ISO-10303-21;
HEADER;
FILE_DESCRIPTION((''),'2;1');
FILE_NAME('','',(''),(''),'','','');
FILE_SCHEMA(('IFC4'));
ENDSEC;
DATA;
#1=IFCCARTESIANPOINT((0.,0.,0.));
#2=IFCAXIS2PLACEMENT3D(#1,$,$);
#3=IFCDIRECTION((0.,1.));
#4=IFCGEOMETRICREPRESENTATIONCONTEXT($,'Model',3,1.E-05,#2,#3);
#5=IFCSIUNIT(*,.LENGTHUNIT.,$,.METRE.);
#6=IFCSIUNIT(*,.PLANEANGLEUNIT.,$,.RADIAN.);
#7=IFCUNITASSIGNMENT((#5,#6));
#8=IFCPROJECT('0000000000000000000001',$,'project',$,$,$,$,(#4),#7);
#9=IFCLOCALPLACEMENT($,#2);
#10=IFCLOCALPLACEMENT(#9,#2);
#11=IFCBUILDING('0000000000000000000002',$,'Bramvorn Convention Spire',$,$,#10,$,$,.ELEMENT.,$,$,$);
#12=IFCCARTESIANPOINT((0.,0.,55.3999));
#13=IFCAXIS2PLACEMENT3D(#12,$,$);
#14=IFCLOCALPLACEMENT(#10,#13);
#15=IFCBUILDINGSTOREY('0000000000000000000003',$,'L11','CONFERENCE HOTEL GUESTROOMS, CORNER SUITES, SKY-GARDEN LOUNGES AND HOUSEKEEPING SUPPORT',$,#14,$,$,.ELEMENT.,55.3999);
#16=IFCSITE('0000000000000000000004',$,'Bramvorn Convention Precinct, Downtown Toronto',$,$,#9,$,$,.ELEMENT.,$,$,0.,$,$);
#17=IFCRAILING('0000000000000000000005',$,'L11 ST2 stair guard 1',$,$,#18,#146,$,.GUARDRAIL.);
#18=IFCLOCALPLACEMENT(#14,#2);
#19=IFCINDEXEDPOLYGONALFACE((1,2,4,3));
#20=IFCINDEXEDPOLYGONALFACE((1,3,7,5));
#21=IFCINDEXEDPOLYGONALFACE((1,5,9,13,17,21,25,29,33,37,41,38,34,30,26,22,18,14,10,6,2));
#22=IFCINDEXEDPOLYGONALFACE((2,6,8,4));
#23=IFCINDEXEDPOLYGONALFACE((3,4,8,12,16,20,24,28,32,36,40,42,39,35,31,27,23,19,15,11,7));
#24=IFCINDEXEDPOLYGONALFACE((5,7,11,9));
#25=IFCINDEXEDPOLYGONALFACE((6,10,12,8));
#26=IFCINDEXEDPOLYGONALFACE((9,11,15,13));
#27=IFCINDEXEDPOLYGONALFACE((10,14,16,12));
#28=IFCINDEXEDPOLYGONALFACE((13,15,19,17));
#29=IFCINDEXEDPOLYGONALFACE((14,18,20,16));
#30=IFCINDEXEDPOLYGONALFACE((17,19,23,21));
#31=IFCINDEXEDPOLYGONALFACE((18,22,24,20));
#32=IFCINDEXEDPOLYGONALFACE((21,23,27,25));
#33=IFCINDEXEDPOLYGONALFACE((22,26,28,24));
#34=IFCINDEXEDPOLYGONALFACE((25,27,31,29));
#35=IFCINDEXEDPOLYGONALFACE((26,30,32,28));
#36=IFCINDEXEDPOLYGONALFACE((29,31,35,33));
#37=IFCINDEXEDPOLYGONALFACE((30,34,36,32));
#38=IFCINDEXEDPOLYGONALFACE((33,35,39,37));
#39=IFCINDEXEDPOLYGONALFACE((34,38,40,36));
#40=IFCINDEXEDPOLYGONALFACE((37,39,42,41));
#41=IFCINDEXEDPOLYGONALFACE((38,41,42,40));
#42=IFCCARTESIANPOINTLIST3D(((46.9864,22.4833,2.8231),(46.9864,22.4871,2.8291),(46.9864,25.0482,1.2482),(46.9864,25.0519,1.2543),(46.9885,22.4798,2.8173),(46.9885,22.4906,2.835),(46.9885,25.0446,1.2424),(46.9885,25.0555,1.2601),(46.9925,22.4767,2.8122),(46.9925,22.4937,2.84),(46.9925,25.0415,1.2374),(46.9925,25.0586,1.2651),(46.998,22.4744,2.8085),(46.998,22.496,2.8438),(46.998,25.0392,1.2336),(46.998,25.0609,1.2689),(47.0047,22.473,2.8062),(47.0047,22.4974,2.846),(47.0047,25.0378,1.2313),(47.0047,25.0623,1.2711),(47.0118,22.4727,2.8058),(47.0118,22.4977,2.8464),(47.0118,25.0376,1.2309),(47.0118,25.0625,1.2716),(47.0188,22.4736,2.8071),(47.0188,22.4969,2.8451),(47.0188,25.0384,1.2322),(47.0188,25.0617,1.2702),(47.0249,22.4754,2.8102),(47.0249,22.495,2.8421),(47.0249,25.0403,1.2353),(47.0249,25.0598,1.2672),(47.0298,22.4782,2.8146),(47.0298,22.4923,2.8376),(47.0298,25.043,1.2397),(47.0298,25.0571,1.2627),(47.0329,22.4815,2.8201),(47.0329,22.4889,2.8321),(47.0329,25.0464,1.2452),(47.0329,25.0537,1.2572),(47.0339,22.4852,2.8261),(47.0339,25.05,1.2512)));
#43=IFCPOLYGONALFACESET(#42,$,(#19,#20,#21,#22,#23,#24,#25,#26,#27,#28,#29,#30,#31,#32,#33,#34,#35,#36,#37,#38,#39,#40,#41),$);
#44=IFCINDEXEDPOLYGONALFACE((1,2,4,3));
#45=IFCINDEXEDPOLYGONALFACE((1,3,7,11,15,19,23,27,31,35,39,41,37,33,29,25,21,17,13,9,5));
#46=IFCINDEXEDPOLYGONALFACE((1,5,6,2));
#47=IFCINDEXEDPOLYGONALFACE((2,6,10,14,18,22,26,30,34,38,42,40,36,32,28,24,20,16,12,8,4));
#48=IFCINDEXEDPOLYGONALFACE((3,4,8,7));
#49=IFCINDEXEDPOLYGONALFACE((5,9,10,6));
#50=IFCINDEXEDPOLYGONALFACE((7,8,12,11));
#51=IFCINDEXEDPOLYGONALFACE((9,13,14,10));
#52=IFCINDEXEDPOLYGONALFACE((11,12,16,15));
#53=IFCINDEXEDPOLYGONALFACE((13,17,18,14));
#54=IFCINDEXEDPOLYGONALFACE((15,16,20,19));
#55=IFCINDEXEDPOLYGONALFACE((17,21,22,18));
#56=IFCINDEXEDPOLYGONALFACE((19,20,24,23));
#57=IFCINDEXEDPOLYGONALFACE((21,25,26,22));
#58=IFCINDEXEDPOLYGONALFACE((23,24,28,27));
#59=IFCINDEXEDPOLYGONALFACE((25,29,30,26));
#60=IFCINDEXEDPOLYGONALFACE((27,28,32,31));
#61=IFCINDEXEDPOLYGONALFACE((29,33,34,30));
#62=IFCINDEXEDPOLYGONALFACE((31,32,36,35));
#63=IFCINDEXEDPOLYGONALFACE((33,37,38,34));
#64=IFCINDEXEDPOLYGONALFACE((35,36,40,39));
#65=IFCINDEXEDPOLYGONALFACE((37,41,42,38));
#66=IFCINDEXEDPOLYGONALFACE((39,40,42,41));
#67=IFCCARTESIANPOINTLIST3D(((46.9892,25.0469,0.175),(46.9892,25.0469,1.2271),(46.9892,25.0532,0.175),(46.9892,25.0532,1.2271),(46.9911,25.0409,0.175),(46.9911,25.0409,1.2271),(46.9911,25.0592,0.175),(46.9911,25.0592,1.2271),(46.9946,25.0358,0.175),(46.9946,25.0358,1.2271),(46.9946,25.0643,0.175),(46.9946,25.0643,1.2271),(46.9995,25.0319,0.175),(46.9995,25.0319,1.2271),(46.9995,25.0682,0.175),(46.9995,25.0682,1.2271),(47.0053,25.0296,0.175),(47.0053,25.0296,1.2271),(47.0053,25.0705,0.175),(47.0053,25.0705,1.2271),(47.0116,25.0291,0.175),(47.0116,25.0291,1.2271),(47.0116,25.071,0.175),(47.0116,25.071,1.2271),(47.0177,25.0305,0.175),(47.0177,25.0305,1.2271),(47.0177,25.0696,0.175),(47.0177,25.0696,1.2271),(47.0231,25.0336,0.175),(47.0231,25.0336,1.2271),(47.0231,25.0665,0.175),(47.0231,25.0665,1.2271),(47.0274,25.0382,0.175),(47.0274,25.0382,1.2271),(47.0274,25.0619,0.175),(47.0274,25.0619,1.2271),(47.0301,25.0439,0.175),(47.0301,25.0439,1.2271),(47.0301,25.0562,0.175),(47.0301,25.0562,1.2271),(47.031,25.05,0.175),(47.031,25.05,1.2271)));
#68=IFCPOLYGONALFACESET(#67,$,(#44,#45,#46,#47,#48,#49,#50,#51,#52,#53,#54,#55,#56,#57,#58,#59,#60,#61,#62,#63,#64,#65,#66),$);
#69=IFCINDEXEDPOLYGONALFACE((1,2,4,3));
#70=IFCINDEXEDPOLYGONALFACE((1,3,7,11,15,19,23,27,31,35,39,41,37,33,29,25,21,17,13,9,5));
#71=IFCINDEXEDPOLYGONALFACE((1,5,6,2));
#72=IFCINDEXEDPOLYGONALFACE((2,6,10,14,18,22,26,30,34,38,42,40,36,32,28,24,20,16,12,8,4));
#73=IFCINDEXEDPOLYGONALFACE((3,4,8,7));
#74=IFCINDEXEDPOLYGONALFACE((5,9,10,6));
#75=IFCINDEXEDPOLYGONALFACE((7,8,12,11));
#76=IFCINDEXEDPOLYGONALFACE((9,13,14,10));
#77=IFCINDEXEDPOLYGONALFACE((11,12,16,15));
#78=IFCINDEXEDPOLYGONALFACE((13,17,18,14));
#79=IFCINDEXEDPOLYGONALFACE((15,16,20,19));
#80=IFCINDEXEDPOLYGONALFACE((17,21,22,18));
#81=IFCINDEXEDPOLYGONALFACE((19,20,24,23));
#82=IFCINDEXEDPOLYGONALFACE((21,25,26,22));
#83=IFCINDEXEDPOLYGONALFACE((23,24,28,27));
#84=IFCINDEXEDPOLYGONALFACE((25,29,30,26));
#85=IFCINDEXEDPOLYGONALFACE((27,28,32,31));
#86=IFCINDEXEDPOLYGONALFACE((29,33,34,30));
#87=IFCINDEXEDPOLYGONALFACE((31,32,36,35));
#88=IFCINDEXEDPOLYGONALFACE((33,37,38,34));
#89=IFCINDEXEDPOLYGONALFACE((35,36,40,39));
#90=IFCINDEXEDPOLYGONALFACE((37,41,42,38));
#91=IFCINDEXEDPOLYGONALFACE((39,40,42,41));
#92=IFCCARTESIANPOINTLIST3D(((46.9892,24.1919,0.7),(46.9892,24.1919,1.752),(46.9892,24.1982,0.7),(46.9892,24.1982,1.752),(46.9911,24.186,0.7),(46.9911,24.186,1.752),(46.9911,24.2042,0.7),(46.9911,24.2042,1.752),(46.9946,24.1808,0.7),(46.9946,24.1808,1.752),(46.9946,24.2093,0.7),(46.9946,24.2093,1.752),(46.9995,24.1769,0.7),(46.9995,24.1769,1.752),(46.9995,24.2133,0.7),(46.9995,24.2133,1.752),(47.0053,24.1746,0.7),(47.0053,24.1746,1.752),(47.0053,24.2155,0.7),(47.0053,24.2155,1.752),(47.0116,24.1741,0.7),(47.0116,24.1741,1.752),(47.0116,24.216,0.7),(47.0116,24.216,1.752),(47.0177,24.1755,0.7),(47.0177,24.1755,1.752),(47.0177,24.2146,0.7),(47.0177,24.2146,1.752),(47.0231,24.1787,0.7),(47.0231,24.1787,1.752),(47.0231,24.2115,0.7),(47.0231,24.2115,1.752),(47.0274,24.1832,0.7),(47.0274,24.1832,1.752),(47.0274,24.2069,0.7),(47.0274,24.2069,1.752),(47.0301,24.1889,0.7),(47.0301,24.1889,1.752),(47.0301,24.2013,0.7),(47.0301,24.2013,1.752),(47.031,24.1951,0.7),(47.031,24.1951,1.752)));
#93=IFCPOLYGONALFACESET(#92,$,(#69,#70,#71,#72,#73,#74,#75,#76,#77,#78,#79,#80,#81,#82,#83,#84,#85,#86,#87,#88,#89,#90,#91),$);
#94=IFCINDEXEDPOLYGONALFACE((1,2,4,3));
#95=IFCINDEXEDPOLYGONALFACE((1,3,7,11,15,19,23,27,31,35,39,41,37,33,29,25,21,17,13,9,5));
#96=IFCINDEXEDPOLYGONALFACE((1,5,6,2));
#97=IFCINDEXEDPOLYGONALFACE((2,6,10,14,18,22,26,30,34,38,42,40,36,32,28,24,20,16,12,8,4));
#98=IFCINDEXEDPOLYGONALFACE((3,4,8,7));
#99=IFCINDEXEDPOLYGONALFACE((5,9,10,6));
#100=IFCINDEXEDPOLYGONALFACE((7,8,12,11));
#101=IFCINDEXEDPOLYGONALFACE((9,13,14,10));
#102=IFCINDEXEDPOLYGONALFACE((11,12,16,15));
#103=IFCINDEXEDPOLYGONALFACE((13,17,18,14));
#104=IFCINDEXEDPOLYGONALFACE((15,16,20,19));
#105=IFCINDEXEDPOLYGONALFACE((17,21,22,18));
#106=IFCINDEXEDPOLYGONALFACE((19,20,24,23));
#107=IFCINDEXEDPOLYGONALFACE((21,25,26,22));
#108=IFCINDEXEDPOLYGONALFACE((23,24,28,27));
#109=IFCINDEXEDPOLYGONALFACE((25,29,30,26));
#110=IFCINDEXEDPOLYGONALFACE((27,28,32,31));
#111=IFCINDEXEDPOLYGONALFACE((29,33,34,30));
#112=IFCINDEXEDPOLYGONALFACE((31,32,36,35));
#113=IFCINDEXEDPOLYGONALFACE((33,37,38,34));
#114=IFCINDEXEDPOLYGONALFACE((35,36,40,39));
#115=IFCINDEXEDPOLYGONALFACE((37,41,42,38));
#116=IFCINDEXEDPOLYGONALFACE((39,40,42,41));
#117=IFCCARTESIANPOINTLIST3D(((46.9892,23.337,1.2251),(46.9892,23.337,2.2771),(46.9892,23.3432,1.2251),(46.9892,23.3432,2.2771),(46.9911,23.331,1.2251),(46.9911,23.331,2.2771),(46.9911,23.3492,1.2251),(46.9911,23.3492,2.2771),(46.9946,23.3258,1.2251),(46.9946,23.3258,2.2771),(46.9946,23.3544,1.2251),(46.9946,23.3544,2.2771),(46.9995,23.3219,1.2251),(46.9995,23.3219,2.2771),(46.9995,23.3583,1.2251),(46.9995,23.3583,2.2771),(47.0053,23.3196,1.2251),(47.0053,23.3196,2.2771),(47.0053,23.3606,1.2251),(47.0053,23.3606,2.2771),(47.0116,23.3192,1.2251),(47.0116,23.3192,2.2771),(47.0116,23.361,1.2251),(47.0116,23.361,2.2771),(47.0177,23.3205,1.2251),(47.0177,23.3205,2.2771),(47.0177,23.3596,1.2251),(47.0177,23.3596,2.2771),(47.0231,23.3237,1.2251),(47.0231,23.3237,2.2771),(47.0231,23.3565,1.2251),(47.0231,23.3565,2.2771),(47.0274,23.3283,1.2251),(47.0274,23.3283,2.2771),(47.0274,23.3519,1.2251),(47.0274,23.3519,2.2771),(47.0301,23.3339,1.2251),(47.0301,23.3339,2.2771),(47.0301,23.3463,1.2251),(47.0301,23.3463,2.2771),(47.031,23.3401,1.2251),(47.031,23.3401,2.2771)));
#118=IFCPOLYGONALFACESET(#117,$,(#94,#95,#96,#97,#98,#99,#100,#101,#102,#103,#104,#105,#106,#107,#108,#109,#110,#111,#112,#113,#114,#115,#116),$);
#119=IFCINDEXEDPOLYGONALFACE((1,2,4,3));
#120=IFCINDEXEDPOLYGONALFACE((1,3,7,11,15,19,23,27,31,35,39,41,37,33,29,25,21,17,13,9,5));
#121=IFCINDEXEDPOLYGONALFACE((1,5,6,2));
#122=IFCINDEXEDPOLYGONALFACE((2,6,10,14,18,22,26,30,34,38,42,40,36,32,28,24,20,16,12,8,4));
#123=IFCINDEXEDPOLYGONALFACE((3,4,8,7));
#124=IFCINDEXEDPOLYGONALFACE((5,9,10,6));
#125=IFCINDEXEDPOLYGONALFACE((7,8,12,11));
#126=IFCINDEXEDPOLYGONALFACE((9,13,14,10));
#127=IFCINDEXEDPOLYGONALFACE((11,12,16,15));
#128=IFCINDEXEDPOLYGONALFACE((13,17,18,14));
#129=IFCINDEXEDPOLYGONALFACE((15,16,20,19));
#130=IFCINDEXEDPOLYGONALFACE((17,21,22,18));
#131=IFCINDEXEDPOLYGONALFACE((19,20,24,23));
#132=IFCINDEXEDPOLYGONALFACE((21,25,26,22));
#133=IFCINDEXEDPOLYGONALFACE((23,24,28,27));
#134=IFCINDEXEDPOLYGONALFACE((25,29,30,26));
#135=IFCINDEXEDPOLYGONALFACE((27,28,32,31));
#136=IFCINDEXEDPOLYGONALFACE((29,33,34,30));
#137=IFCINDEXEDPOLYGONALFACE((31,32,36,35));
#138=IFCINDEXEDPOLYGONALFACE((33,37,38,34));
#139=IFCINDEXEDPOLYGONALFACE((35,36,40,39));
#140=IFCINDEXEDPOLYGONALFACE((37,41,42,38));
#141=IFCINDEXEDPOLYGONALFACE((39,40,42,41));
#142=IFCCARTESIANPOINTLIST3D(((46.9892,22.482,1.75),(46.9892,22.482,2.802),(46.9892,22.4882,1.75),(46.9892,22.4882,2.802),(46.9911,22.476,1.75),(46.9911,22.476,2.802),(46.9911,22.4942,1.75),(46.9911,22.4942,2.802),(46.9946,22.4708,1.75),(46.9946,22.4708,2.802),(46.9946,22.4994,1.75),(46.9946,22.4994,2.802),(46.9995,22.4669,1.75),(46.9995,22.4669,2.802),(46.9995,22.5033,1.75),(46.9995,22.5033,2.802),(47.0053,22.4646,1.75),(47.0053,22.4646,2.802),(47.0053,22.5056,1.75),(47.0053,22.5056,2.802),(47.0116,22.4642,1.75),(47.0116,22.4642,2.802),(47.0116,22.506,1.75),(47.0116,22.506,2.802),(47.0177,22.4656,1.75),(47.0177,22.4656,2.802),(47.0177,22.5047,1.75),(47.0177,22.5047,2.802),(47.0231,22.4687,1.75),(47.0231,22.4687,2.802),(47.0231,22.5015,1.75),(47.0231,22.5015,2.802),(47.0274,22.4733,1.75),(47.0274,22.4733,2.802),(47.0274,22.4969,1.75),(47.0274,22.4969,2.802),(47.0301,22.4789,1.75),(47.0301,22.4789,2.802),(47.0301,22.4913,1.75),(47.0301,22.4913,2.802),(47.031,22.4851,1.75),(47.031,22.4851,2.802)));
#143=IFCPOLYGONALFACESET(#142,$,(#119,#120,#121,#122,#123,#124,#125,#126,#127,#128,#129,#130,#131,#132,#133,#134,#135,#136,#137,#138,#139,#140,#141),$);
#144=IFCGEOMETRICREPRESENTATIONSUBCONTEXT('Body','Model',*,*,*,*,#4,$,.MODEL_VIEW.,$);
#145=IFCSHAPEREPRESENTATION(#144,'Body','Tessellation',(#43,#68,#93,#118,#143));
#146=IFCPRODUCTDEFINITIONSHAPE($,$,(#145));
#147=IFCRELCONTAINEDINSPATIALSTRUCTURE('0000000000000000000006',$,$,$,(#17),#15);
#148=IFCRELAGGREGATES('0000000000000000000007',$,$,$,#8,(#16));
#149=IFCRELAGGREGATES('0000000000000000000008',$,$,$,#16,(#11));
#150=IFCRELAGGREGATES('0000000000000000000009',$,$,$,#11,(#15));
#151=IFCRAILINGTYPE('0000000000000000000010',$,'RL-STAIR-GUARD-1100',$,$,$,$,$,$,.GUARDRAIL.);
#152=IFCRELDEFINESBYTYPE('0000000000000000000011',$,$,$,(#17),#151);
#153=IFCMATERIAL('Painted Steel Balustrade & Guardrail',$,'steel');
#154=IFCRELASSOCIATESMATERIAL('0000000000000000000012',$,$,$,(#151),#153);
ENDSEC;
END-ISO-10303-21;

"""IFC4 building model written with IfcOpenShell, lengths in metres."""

from ifc_helpers import new_model, si_unit, direction, frame, origin, origin_2d, place, context, subcontext, project, spatial, circle, extrude, material, type_object, element, save


model = new_model("IFC4")

# Units and contexts
model_context = context("Model", 3, precision=1e-05, world=origin(), true_north=direction((0.0, 1.0)))
body_context = subcontext(model_context, "Body", "Model", "MODEL_VIEW")
ifc_project = project(units=[si_unit("LENGTHUNIT", "METRE"), si_unit("PLANEANGLEUNIT", "RADIAN")], contexts=[model_context])

# Site, building, storey
site_placement = place(None, origin())
site = spatial("IfcSite", under=ifc_project, at=site_placement, Name="Bramvorn Convention Precinct, Downtown Toronto", CompositionType="ELEMENT", RefElevation=0.0)
building_placement = place(site_placement, origin())
building = spatial("IfcBuilding", under=site, at=building_placement, Name="Bramvorn Convention Spire", CompositionType="ELEMENT")
storey_placement = place(building_placement, frame((0.0, 0.0, 55.3999)))
storey = spatial("IfcBuildingStorey", under=building, at=storey_placement, Name="L11", Description="CONFERENCE HOTEL GUESTROOMS, CORNER SUITES, SKY-GARDEN LOUNGES AND HOUSEKEEPING SUPPORT", CompositionType="ELEMENT", Elevation=55.3999)

# Railing
ifc_material_1 = material(Name="Painted Steel Balustrade & Guardrail", Category="steel")
railing_type_1 = type_object("IfcRailingType", Name="RL-STAIR-GUARD-1100", PredefinedType="GUARDRAIL", material=ifc_material_1)
railing_1_placement = place(storey_placement, frame((47.01, 25.05, 0.175)))
element("IfcRailing", 1, at=railing_1_placement, inside=storey, type_object=railing_type_1, Name="L11 ST2 stair guard 1", PredefinedType="GUARDRAIL", context=body_context, shape_type="SweptSolid", body=[
    extrude(circle(Radius=0.0239, at=origin_2d()), frame((0.0, 0.0, 1.0762), z_axis=(0.0, -0.852173, 0.52326), x_axis=(1.0, 0.0, 0.0)), (0.0, 0.0, 1.0), 3.0098),
    extrude(circle(Radius=0.021, at=origin_2d()), origin(), (0.0, 0.0, 1.0), 1.052),
    extrude(circle(Radius=0.021, at=origin_2d()), frame((0.0, -0.855, 0.5249)), (0.0, 0.0, 1.0), 1.052),
    extrude(circle(Radius=0.021, at=origin_2d()), frame((0.0, -1.71, 1.05)), (0.0, 0.0, 1.0), 1.052),
    extrude(circle(Radius=0.021, at=origin_2d()), frame((0.0, -2.5649, 1.575)), (0.0, 0.0, 1.0), 1.052),
])

save(model, "model.ifc")
